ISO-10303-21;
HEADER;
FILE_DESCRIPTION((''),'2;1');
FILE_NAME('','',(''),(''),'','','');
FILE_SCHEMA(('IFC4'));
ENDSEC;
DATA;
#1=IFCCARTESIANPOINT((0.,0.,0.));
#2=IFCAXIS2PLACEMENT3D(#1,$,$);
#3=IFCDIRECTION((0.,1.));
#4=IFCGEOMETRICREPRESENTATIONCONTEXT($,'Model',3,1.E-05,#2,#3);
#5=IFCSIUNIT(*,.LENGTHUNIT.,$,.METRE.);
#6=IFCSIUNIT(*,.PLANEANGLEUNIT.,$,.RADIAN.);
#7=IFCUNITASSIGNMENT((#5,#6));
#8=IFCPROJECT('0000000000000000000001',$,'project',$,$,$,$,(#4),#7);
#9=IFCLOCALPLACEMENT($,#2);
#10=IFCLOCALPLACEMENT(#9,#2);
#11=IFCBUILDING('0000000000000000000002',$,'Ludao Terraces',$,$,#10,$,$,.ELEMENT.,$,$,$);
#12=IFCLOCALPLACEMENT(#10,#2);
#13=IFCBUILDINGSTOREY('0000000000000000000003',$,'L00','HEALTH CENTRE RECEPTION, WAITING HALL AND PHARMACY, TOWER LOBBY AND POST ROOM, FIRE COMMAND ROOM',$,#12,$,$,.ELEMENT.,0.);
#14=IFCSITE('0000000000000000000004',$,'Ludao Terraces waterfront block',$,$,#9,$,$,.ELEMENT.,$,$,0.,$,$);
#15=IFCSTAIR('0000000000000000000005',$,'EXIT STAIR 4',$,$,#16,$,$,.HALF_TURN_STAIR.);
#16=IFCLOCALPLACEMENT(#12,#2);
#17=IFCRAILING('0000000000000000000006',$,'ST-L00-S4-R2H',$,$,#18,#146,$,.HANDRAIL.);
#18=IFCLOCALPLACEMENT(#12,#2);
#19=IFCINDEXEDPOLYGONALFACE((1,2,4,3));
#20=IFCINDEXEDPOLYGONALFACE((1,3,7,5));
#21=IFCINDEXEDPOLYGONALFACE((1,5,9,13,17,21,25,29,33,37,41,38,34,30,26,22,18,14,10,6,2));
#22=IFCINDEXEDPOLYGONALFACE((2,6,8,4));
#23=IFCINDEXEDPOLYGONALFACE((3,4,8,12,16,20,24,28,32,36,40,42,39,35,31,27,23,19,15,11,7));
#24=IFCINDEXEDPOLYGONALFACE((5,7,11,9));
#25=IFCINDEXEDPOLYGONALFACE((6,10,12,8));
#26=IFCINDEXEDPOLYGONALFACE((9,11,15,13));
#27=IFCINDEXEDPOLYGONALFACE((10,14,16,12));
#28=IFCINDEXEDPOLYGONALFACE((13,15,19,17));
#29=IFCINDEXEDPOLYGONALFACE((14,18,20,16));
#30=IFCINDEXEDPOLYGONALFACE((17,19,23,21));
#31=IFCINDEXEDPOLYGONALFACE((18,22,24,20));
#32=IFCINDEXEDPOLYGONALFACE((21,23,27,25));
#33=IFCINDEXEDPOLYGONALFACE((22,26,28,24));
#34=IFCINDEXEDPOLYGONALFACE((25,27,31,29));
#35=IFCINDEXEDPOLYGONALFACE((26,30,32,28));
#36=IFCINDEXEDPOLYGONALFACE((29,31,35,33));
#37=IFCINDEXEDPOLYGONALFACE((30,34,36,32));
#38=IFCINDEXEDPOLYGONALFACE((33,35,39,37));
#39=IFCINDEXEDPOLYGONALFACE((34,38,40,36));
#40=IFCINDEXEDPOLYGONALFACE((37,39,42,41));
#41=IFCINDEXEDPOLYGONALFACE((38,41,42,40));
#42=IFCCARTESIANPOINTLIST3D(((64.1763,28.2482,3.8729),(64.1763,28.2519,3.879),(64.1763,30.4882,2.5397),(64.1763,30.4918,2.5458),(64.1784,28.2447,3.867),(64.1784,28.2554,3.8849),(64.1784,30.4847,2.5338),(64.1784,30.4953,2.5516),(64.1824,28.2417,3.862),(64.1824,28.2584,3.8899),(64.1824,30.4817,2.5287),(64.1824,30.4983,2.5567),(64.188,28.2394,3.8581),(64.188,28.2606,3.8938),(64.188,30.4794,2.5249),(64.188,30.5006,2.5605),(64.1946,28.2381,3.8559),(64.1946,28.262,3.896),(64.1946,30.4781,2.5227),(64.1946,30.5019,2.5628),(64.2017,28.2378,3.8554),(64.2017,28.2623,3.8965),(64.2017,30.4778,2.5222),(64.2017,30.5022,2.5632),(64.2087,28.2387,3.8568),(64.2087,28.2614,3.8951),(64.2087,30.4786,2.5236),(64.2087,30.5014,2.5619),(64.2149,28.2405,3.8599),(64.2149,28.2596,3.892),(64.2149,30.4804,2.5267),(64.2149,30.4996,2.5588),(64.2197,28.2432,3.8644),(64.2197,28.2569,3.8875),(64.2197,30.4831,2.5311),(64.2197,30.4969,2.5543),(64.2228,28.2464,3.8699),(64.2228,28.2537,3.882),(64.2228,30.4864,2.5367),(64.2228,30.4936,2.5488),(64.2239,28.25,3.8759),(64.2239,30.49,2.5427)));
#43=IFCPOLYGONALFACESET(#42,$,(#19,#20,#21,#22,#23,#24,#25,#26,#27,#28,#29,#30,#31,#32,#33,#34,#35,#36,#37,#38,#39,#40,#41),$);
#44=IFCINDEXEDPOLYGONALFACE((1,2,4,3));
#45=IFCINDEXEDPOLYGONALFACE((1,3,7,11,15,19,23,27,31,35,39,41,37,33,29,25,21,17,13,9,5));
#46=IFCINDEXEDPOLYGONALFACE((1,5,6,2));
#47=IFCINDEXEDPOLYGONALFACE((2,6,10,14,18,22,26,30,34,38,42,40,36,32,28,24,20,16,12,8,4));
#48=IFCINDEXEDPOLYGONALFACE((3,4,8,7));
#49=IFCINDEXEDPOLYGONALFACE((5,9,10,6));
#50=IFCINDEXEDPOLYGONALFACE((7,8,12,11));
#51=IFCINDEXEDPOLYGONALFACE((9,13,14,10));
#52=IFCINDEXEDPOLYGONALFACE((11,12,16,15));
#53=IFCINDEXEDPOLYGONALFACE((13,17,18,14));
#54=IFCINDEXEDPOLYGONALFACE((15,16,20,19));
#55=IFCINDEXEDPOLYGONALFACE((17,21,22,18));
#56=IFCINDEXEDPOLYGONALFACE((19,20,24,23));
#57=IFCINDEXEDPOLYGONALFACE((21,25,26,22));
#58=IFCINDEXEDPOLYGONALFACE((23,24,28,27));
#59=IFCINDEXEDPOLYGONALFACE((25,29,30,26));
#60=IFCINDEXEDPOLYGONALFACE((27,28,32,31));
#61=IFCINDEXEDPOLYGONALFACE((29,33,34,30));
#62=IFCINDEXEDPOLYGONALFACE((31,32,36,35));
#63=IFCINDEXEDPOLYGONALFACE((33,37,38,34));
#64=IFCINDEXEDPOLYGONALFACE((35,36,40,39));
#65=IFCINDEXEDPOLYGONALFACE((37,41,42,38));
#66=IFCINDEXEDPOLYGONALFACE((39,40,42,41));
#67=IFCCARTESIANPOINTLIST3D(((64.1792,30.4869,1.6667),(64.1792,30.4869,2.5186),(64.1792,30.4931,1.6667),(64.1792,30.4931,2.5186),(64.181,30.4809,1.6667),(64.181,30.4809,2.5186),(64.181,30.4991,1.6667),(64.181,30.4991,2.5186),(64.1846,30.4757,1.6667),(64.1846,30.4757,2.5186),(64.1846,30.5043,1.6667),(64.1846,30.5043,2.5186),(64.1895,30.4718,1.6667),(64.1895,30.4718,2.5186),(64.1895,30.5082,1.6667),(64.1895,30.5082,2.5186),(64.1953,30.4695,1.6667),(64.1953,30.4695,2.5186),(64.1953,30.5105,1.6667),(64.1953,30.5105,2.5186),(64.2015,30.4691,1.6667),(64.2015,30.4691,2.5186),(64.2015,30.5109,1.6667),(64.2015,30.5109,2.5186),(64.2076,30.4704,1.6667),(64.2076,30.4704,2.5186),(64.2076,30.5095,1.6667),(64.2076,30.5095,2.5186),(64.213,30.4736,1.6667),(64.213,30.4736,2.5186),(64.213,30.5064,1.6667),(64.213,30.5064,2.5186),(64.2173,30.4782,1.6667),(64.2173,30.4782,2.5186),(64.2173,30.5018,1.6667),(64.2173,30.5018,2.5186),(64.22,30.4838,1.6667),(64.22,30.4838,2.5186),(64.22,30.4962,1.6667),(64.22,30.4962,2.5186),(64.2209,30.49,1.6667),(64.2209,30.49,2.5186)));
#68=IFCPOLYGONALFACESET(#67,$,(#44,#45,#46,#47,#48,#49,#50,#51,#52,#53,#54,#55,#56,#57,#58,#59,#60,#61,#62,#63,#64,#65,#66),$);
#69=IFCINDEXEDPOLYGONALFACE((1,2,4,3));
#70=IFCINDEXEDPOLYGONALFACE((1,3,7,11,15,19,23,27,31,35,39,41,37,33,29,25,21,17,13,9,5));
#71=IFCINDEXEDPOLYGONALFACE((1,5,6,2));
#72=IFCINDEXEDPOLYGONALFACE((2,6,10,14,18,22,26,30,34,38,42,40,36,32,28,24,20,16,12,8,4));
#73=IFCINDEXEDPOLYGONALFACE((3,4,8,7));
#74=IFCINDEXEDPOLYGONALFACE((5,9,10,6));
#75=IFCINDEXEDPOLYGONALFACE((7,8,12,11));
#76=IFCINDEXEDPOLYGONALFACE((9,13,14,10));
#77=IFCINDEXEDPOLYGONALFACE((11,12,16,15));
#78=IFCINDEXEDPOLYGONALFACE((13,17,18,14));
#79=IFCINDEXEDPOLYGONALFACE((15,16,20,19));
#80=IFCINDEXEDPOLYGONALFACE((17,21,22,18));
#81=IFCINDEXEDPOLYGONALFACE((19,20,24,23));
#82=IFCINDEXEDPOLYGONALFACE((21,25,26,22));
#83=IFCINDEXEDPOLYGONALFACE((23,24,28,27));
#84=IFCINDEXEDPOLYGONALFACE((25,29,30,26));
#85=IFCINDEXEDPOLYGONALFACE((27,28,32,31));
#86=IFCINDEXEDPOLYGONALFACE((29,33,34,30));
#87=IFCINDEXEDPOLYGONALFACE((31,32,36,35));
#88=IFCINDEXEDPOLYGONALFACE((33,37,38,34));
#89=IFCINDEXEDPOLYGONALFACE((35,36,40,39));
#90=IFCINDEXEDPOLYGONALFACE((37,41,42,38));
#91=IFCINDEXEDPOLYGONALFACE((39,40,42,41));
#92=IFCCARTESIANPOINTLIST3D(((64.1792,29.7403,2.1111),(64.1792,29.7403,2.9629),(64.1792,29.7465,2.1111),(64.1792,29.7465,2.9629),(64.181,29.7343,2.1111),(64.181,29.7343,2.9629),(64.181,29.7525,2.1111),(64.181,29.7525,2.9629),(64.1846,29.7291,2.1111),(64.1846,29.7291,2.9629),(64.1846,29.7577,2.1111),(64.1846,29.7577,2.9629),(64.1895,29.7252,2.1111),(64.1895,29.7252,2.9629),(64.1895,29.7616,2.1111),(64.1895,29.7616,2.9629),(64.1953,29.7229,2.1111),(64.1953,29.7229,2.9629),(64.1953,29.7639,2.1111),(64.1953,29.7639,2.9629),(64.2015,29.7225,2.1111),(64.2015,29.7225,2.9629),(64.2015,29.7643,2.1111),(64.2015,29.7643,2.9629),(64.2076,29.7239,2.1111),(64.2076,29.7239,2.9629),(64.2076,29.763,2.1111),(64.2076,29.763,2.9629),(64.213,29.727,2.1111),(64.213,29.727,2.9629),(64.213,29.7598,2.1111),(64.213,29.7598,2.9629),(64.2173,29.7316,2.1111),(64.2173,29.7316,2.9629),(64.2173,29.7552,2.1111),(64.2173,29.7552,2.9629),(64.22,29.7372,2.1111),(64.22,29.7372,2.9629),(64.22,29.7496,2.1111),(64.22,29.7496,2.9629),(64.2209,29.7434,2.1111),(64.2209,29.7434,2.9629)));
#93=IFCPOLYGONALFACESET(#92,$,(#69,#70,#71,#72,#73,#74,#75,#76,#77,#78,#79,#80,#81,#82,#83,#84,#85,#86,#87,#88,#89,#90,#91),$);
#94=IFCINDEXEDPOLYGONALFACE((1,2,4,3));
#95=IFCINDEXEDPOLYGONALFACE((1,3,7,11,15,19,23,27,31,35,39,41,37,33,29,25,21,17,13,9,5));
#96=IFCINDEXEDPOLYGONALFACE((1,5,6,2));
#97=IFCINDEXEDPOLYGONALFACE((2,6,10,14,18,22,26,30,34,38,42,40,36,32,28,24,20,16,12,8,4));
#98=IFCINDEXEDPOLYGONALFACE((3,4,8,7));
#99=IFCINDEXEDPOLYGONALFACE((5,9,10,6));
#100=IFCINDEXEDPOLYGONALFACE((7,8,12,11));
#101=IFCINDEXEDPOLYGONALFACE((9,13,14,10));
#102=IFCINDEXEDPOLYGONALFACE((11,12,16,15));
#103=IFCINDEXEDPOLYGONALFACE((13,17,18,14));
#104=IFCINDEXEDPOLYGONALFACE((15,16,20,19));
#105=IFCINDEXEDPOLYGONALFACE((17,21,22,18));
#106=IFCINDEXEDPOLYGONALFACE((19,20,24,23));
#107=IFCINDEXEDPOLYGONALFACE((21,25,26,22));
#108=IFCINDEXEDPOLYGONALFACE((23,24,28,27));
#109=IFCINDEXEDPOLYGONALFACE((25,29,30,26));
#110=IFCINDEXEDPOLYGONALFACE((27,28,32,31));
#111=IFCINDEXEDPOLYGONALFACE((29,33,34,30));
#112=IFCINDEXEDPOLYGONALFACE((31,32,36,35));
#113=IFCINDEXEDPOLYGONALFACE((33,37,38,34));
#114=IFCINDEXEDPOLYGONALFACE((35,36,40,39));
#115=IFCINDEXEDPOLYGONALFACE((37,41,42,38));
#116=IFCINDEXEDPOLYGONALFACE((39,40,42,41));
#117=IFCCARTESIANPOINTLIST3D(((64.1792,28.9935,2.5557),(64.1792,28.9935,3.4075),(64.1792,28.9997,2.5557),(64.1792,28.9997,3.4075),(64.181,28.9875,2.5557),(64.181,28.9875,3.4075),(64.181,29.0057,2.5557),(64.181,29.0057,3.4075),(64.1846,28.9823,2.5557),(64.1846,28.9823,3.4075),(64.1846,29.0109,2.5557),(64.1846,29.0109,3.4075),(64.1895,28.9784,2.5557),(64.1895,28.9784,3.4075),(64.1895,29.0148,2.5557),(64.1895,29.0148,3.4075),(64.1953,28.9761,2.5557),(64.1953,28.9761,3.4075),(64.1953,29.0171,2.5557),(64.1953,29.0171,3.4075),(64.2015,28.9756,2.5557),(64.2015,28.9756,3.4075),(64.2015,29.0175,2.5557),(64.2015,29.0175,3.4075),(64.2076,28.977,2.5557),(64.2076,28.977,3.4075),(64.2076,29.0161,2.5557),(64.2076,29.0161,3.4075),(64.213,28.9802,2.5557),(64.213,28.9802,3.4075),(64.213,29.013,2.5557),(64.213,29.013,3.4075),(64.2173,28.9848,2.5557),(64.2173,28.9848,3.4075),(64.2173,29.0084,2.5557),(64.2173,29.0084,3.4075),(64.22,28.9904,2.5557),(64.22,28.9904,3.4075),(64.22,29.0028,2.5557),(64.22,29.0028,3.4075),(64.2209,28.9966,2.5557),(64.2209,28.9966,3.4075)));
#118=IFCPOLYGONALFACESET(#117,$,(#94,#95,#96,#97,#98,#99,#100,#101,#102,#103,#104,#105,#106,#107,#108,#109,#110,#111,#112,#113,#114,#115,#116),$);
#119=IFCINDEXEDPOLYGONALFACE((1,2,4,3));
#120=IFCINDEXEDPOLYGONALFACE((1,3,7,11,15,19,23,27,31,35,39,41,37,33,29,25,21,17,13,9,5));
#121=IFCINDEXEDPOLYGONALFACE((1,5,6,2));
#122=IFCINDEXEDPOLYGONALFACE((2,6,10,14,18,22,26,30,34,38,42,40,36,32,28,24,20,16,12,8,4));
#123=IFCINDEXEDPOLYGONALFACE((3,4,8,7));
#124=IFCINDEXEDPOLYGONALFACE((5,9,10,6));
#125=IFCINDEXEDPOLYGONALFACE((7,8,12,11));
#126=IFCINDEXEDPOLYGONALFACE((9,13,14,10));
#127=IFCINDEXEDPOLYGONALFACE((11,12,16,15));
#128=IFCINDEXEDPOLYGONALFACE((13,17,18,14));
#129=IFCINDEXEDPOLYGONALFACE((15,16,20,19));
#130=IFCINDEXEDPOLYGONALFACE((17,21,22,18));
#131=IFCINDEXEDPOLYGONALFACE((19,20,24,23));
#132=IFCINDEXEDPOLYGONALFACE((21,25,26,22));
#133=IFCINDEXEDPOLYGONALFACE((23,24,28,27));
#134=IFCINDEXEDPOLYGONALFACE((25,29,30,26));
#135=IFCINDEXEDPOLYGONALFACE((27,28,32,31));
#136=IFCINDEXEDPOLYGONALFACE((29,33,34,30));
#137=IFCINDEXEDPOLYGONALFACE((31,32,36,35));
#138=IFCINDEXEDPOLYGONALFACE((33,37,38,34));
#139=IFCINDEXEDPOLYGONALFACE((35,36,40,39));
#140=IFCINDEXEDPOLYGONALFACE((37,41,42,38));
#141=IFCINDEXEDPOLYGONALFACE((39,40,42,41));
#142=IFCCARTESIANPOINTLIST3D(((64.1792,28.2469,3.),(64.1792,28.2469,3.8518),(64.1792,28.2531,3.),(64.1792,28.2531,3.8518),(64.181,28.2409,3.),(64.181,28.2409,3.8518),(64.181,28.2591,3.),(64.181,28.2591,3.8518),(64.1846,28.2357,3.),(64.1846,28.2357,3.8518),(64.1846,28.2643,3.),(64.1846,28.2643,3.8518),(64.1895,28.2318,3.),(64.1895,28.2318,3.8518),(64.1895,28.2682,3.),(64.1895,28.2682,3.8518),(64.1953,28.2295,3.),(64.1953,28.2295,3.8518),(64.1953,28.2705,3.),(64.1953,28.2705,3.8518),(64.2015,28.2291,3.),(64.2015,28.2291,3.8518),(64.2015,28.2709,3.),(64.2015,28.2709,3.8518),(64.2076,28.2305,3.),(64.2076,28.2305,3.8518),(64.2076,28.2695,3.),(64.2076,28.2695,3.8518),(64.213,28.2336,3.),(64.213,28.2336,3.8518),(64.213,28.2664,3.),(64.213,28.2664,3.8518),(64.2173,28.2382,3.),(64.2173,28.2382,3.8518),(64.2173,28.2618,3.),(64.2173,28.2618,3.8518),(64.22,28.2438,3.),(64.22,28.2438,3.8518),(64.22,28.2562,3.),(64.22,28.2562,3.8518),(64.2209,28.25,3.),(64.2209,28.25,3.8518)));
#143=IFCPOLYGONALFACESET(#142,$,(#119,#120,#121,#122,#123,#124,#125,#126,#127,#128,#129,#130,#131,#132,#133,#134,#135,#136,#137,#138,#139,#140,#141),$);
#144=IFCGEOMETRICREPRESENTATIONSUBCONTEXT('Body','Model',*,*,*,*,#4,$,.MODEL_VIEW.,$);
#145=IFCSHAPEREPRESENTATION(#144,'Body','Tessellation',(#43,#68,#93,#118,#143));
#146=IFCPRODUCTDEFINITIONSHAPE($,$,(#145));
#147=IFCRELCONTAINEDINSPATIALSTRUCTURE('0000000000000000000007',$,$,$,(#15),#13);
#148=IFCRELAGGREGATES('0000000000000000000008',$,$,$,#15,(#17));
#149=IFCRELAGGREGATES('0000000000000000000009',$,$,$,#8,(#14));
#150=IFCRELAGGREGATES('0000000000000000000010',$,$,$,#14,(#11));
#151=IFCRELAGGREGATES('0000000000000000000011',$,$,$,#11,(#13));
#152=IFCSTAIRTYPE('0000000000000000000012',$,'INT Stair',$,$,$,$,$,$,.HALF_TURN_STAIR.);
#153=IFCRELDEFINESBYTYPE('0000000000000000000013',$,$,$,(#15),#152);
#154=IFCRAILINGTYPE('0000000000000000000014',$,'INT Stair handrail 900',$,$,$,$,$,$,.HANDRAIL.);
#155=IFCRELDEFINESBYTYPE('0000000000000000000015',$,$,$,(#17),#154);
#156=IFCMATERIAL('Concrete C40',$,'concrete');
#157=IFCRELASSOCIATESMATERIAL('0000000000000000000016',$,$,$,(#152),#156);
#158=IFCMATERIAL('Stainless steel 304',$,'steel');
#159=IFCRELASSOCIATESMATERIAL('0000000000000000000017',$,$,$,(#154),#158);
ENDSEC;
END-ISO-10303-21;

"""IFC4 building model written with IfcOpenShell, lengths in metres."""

from ifc_helpers import new_model, si_unit, direction, frame, origin, origin_2d, place, context, subcontext, project, spatial, circle, extrude, material, type_object, element, aggregate, save


model = new_model("IFC4")

# Units and contexts
model_context = context("Model", 3, precision=1e-05, world=origin(), true_north=direction((0.0, 1.0)))
body_context = subcontext(model_context, "Body", "Model", "MODEL_VIEW")
ifc_project = project(units=[si_unit("LENGTHUNIT", "METRE"), si_unit("PLANEANGLEUNIT", "RADIAN")], contexts=[model_context])

# Site, building, storey
site_placement = place(None, origin())
site = spatial("IfcSite", under=ifc_project, at=site_placement, Name="Ludao Terraces waterfront block", CompositionType="ELEMENT", RefElevation=0.0)
building_placement = place(site_placement, origin())
building = spatial("IfcBuilding", under=site, at=building_placement, Name="Ludao Terraces", CompositionType="ELEMENT")
storey_placement = place(building_placement, origin())
storey = spatial("IfcBuildingStorey", under=building, at=storey_placement, Name="L00", Description="HEALTH CENTRE RECEPTION, WAITING HALL AND PHARMACY, TOWER LOBBY AND POST ROOM, FIRE COMMAND ROOM", CompositionType="ELEMENT", Elevation=0.0)

# Shared definitions
ifc_material_1 = material(Name="Concrete C40", Category="concrete")

# Stair, railing
stair_type = type_object("IfcStairType", Name="INT Stair", PredefinedType="HALF_TURN_STAIR", material=ifc_material_1)
stair_placement = place(storey_placement, origin())
stair = element("IfcStair", 1, at=stair_placement, inside=storey, type_object=stair_type, Name="EXIT STAIR 4", PredefinedType="HALF_TURN_STAIR")
ifc_material_2 = material(Name="Stainless steel 304", Category="steel")
railing_type_1 = type_object("IfcRailingType", Name="INT Stair handrail 900", PredefinedType="HANDRAIL", material=ifc_material_2)
railing_1_placement = place(storey_placement, frame((64.2, 30.49, 1.6667)))
railing_1 = element("IfcRailing", 2, at=railing_1_placement, type_object=railing_type_1, Name="ST-L00-S4-R2H", PredefinedType="HANDRAIL", context=body_context, shape_type="SweptSolid", body=[
    extrude(circle(Radius=0.0239, at=origin_2d()), frame((0.0, 0.0, 0.876), z_axis=(0.0, -0.859306, 0.511462), x_axis=(1.0, 0.0, 0.0)), (0.0, 0.0, 1.0), 2.6067),
    extrude(circle(Radius=0.021, at=origin_2d()), origin(), (0.0, 0.0, 1.0), 0.8518),
    extrude(circle(Radius=0.021, at=origin_2d()), frame((0.0, -0.7466, 0.4443)), (0.0, 0.0, 1.0), 0.8518),
    extrude(circle(Radius=0.021, at=origin_2d()), frame((0.0, -1.4934, 0.8889)), (0.0, 0.0, 1.0), 0.8518),
    extrude(circle(Radius=0.021, at=origin_2d()), frame((0.0, -2.24, 1.3333)), (0.0, 0.0, 1.0), 0.8518),
])
aggregate(stair, [railing_1])

save(model, "model.ifc")
